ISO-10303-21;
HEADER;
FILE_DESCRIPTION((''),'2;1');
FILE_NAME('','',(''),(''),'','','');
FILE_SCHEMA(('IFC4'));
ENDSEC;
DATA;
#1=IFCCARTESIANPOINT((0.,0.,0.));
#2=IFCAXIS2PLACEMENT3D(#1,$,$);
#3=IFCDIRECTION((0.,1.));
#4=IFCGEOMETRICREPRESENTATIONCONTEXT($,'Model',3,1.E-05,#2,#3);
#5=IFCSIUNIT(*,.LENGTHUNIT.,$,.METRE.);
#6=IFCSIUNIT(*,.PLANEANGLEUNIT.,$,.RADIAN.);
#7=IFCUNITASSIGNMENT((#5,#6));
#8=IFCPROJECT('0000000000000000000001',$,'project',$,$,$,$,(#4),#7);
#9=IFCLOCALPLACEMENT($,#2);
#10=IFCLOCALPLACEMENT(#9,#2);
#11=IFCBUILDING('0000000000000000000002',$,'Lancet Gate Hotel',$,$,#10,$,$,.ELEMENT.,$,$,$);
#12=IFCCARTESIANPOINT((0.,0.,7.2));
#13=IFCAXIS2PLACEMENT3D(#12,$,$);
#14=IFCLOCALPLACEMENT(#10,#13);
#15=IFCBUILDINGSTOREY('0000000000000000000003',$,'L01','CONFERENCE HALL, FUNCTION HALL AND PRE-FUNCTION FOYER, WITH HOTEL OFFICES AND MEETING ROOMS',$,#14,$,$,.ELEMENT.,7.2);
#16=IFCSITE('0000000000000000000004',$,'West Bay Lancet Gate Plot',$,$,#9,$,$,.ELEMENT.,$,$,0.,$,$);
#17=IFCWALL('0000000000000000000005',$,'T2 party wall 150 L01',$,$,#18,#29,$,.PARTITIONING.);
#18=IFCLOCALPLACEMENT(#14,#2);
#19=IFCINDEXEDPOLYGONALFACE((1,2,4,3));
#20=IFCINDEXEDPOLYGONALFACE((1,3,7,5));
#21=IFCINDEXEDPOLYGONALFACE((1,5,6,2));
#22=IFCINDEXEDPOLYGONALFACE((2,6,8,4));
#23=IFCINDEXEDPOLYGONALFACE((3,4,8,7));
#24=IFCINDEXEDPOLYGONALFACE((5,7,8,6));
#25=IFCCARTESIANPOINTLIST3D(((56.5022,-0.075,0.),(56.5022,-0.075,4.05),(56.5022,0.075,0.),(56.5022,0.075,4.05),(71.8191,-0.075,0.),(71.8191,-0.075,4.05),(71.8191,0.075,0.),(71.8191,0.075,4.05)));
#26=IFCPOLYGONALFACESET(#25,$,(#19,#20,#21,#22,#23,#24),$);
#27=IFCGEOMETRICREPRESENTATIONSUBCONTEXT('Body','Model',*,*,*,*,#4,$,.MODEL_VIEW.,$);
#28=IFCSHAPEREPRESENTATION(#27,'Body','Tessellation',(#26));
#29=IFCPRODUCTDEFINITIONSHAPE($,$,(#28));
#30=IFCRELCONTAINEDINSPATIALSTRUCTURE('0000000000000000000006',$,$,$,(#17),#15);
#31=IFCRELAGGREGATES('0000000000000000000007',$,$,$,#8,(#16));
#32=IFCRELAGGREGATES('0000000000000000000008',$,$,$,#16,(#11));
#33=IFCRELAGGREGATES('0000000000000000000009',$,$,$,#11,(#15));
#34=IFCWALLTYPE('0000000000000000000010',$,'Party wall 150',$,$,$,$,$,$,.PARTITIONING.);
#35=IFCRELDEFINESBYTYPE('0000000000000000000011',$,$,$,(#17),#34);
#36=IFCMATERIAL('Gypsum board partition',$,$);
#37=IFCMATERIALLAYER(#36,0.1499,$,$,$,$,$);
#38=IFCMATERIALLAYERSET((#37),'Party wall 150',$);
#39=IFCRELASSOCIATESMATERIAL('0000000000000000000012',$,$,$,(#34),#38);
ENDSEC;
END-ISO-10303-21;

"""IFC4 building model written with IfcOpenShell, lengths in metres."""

from ifc_helpers import new_model, si_unit, direction, frame, frame_2d, origin, place, context, subcontext, project, spatial, rectangle, extrude, material, layer, layer_set, type_object, element, save


model = new_model("IFC4")

# Units and contexts
model_context = context("Model", 3, precision=1e-05, world=origin(), true_north=direction((0.0, 1.0)))
body_context = subcontext(model_context, "Body", "Model", "MODEL_VIEW")
ifc_project = project(units=[si_unit("LENGTHUNIT", "METRE"), si_unit("PLANEANGLEUNIT", "RADIAN")], contexts=[model_context])

# Site, building, storey
site_placement = place(None, origin())
site = spatial("IfcSite", under=ifc_project, at=site_placement, Name="West Bay Lancet Gate Plot", CompositionType="ELEMENT", RefElevation=0.0)
building_placement = place(site_placement, origin())
building = spatial("IfcBuilding", under=site, at=building_placement, Name="Lancet Gate Hotel", CompositionType="ELEMENT")
storey_placement = place(building_placement, frame((0.0, 0.0, 7.2)))
storey = spatial("IfcBuildingStorey", under=building, at=storey_placement, Name="L01", Description="CONFERENCE HALL, FUNCTION HALL AND PRE-FUNCTION FOYER, WITH HOTEL OFFICES AND MEETING ROOMS", CompositionType="ELEMENT", Elevation=7.2)

# Wall
ifc_material_1 = material(Name="Gypsum board partition")
ifc_layer_1 = layer(ifc_material_1, 0.1499)
ifc_layer_set_1 = layer_set([ifc_layer_1], Name="Party wall 150")
wall_type = type_object("IfcWallType", Name="Party wall 150", PredefinedType="PARTITIONING", material=ifc_layer_set_1)
wall_1_placement = place(storey_placement, frame((56.5022, 0.0, 0.0), z_axis=(0.0, 0.0, 1.0), x_axis=(1.0, 0.0, 0.0)))
element("IfcWall", 1, at=wall_1_placement, inside=storey, type_object=wall_type, Name="T2 party wall 150 L01", PredefinedType="PARTITIONING", context=body_context, shape_type="SweptSolid", body=[
    extrude(rectangle(XDim=15.3169, YDim=0.1499, at=frame_2d((7.6584, 0.0))), origin(), (0.0, 0.0, 1.0), 4.05),
])

save(model, "model.ifc")
